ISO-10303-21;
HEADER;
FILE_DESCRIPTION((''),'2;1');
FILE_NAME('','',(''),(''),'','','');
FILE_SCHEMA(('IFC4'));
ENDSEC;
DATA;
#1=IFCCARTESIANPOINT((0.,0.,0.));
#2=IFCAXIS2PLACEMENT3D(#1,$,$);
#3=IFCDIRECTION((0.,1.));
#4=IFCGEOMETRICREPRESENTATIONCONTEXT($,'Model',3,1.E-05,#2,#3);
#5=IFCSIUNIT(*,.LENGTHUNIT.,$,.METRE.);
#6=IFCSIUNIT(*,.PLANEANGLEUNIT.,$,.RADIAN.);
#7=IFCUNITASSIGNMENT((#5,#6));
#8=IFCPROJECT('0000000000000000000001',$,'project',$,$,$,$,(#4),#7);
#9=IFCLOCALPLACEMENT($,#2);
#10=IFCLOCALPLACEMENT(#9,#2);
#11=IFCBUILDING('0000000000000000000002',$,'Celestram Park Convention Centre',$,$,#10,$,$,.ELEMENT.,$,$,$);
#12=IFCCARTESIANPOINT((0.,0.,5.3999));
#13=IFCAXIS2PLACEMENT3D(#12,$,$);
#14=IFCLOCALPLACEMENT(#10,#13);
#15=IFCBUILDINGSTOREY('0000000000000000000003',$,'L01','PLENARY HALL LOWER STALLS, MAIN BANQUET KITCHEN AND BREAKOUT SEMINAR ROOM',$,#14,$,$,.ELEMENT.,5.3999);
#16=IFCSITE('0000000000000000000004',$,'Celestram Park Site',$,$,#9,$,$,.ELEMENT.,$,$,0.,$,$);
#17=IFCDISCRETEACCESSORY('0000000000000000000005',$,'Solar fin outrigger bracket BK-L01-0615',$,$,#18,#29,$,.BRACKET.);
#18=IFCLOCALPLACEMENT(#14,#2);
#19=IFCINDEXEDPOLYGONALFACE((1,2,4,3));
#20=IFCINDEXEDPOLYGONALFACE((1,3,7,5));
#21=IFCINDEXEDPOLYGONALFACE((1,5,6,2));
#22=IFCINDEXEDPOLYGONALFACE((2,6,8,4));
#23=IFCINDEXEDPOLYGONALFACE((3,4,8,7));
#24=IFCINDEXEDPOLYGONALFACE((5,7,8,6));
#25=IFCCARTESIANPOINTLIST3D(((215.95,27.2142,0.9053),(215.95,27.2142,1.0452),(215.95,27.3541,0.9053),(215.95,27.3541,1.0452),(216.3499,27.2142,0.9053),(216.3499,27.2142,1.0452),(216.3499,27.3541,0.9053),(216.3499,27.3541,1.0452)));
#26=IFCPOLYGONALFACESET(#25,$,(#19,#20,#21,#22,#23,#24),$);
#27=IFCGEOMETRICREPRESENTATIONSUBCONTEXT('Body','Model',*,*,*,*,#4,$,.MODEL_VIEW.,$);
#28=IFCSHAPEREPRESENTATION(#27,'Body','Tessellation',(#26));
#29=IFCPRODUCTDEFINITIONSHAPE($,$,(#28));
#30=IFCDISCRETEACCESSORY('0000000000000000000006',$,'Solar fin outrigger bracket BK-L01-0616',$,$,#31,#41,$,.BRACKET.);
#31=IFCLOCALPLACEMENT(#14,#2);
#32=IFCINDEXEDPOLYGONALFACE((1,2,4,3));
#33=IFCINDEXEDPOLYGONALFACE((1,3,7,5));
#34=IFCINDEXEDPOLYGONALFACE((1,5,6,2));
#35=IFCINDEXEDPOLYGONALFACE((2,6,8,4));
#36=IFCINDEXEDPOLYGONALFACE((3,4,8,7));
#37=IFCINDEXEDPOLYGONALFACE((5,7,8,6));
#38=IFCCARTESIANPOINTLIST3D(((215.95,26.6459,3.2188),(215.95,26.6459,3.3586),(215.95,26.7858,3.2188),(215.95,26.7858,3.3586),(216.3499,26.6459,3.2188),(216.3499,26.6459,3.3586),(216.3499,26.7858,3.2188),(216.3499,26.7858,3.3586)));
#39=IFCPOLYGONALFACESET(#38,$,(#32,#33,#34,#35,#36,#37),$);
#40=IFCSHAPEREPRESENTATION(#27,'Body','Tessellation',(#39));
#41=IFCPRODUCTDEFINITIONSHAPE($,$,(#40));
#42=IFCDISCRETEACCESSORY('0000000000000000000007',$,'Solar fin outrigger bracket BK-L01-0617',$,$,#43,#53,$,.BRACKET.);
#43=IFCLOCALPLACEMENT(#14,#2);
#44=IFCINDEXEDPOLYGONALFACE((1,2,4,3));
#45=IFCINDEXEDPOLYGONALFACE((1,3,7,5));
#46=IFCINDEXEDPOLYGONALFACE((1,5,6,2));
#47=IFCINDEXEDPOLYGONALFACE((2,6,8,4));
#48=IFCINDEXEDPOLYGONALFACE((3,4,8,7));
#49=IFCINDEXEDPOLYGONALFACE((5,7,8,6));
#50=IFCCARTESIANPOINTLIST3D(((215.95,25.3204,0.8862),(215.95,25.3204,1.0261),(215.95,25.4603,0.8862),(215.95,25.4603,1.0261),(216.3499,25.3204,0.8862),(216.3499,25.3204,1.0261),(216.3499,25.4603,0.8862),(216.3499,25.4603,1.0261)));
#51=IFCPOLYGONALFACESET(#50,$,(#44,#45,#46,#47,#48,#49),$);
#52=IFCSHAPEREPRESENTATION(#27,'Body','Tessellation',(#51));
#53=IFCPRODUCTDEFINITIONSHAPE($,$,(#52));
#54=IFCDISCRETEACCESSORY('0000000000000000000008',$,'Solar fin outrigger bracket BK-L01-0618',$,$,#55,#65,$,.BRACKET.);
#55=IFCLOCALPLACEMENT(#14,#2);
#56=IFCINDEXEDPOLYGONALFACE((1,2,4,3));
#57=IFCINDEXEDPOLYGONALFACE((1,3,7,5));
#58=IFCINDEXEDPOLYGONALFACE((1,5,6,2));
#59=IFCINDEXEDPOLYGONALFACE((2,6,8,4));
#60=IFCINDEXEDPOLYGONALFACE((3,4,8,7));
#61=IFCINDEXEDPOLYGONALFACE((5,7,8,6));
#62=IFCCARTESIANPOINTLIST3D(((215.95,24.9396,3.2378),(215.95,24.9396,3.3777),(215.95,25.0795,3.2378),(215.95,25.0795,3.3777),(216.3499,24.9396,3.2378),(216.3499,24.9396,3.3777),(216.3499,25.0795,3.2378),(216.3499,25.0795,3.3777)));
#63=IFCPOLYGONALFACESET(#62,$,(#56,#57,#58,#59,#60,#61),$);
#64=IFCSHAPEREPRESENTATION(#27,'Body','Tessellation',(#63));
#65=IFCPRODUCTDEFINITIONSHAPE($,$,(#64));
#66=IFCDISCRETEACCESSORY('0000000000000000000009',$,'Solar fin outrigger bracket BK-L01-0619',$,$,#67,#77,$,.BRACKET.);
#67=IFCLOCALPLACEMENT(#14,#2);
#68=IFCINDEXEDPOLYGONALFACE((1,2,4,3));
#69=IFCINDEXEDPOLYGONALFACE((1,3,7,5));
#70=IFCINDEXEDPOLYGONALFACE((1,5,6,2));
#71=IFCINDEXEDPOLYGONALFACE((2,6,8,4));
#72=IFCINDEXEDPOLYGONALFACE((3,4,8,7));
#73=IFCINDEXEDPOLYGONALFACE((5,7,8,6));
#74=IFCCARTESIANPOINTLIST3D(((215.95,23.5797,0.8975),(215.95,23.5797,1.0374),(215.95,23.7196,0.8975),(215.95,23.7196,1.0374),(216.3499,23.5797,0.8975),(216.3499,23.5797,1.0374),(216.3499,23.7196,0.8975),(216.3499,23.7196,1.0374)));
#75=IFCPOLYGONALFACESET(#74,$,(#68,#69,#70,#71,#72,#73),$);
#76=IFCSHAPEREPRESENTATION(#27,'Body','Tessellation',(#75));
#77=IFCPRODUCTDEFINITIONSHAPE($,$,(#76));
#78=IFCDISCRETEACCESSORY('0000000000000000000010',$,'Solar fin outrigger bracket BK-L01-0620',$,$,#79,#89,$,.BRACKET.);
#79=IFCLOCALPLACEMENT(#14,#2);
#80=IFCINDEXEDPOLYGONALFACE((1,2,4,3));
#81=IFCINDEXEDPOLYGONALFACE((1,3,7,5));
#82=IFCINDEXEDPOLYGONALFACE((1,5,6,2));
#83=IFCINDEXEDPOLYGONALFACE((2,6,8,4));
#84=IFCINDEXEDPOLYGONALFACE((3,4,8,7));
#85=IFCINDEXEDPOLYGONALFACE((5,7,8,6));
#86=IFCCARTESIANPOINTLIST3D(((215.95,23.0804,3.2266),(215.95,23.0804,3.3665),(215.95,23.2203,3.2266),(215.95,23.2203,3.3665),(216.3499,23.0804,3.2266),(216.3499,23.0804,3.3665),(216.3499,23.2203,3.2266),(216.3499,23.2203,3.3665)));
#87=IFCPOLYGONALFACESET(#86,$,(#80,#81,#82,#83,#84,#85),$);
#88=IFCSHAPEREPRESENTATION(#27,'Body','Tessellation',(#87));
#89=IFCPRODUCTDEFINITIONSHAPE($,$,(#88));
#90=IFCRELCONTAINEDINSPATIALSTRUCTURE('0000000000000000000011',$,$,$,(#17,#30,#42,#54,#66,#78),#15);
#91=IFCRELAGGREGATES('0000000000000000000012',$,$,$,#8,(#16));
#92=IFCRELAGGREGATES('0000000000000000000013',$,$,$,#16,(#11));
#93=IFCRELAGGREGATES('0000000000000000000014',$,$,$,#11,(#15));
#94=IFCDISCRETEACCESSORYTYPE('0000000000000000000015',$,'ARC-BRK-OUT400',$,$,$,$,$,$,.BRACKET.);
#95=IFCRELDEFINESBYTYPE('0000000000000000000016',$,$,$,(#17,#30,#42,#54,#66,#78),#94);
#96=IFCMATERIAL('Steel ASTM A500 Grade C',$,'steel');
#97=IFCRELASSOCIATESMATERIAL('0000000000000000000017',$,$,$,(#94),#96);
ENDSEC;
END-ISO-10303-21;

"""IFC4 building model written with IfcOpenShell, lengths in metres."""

from ifc_helpers import new_model, si_unit, direction, frame, origin, origin_2d, place, context, subcontext, project, spatial, rectangle, extrude, material, type_object, element, save


model = new_model("IFC4")

# Units and contexts
model_context = context("Model", 3, precision=1e-05, world=origin(), true_north=direction((0.0, 1.0)))
body_context = subcontext(model_context, "Body", "Model", "MODEL_VIEW")
ifc_project = project(units=[si_unit("LENGTHUNIT", "METRE"), si_unit("PLANEANGLEUNIT", "RADIAN")], contexts=[model_context])

# Site, building, storey
site_placement = place(None, origin())
site = spatial("IfcSite", under=ifc_project, at=site_placement, Name="Celestram Park Site", CompositionType="ELEMENT", RefElevation=0.0)
building_placement = place(site_placement, origin())
building = spatial("IfcBuilding", under=site, at=building_placement, Name="Celestram Park Convention Centre", CompositionType="ELEMENT")
storey_placement = place(building_placement, frame((0.0, 0.0, 5.3999)))
storey = spatial("IfcBuildingStorey", under=building, at=storey_placement, Name="L01", Description="PLENARY HALL LOWER STALLS, MAIN BANQUET KITCHEN AND BREAKOUT SEMINAR ROOM", CompositionType="ELEMENT", Elevation=5.3999)

# Shared definitions
ifc_material_1 = material(Name="Steel ASTM A500 Grade C", Category="steel")

# Discrete accessories
discrete_accessory_type = type_object("IfcDiscreteAccessoryType", Name="ARC-BRK-OUT400", PredefinedType="BRACKET", material=ifc_material_1)
for number, where, z_axis, x_axis, name in (
    (1, (216.1499, 27.2842, 0.9053), (0.0, 0.0, 1.0), (1.0, 0.0, 0.0), "Solar fin outrigger bracket BK-L01-0615"),
    (2, (216.1499, 26.7158, 3.2188), (0.0, 0.0, 1.0), (1.0, 0.0, 0.0), "Solar fin outrigger bracket BK-L01-0616"),
    (3, (216.1499, 25.3904, 0.8862), (0.0, 0.0, 1.0), (1.0, 0.0, 0.0), "Solar fin outrigger bracket BK-L01-0617"),
    (4, (216.1499, 25.0095, 3.2378), (0.0, 0.0, 1.0), (1.0, 0.0, 0.0), "Solar fin outrigger bracket BK-L01-0618"),
    (5, (216.1499, 23.6497, 0.8975), (0.0, 0.0, 1.0), (1.0, 0.0, 0.0), "Solar fin outrigger bracket BK-L01-0619"),
    (6, (216.1499, 23.1504, 3.2266), (0.0, 0.0, 1.0), (1.0, 0.0, 0.0), "Solar fin outrigger bracket BK-L01-0620"),
):
    element("IfcDiscreteAccessory", number, at=place(storey_placement, frame(where, z_axis=z_axis, x_axis=x_axis)), inside=storey, type_object=discrete_accessory_type, Name=name, PredefinedType="BRACKET", context=body_context, shape_type="SweptSolid", body=[
        extrude(rectangle(XDim=0.3999, YDim=0.1399, at=origin_2d()), origin(), (0.0, 0.0, 1.0), 0.1399),
    ])

save(model, "model.ifc")
